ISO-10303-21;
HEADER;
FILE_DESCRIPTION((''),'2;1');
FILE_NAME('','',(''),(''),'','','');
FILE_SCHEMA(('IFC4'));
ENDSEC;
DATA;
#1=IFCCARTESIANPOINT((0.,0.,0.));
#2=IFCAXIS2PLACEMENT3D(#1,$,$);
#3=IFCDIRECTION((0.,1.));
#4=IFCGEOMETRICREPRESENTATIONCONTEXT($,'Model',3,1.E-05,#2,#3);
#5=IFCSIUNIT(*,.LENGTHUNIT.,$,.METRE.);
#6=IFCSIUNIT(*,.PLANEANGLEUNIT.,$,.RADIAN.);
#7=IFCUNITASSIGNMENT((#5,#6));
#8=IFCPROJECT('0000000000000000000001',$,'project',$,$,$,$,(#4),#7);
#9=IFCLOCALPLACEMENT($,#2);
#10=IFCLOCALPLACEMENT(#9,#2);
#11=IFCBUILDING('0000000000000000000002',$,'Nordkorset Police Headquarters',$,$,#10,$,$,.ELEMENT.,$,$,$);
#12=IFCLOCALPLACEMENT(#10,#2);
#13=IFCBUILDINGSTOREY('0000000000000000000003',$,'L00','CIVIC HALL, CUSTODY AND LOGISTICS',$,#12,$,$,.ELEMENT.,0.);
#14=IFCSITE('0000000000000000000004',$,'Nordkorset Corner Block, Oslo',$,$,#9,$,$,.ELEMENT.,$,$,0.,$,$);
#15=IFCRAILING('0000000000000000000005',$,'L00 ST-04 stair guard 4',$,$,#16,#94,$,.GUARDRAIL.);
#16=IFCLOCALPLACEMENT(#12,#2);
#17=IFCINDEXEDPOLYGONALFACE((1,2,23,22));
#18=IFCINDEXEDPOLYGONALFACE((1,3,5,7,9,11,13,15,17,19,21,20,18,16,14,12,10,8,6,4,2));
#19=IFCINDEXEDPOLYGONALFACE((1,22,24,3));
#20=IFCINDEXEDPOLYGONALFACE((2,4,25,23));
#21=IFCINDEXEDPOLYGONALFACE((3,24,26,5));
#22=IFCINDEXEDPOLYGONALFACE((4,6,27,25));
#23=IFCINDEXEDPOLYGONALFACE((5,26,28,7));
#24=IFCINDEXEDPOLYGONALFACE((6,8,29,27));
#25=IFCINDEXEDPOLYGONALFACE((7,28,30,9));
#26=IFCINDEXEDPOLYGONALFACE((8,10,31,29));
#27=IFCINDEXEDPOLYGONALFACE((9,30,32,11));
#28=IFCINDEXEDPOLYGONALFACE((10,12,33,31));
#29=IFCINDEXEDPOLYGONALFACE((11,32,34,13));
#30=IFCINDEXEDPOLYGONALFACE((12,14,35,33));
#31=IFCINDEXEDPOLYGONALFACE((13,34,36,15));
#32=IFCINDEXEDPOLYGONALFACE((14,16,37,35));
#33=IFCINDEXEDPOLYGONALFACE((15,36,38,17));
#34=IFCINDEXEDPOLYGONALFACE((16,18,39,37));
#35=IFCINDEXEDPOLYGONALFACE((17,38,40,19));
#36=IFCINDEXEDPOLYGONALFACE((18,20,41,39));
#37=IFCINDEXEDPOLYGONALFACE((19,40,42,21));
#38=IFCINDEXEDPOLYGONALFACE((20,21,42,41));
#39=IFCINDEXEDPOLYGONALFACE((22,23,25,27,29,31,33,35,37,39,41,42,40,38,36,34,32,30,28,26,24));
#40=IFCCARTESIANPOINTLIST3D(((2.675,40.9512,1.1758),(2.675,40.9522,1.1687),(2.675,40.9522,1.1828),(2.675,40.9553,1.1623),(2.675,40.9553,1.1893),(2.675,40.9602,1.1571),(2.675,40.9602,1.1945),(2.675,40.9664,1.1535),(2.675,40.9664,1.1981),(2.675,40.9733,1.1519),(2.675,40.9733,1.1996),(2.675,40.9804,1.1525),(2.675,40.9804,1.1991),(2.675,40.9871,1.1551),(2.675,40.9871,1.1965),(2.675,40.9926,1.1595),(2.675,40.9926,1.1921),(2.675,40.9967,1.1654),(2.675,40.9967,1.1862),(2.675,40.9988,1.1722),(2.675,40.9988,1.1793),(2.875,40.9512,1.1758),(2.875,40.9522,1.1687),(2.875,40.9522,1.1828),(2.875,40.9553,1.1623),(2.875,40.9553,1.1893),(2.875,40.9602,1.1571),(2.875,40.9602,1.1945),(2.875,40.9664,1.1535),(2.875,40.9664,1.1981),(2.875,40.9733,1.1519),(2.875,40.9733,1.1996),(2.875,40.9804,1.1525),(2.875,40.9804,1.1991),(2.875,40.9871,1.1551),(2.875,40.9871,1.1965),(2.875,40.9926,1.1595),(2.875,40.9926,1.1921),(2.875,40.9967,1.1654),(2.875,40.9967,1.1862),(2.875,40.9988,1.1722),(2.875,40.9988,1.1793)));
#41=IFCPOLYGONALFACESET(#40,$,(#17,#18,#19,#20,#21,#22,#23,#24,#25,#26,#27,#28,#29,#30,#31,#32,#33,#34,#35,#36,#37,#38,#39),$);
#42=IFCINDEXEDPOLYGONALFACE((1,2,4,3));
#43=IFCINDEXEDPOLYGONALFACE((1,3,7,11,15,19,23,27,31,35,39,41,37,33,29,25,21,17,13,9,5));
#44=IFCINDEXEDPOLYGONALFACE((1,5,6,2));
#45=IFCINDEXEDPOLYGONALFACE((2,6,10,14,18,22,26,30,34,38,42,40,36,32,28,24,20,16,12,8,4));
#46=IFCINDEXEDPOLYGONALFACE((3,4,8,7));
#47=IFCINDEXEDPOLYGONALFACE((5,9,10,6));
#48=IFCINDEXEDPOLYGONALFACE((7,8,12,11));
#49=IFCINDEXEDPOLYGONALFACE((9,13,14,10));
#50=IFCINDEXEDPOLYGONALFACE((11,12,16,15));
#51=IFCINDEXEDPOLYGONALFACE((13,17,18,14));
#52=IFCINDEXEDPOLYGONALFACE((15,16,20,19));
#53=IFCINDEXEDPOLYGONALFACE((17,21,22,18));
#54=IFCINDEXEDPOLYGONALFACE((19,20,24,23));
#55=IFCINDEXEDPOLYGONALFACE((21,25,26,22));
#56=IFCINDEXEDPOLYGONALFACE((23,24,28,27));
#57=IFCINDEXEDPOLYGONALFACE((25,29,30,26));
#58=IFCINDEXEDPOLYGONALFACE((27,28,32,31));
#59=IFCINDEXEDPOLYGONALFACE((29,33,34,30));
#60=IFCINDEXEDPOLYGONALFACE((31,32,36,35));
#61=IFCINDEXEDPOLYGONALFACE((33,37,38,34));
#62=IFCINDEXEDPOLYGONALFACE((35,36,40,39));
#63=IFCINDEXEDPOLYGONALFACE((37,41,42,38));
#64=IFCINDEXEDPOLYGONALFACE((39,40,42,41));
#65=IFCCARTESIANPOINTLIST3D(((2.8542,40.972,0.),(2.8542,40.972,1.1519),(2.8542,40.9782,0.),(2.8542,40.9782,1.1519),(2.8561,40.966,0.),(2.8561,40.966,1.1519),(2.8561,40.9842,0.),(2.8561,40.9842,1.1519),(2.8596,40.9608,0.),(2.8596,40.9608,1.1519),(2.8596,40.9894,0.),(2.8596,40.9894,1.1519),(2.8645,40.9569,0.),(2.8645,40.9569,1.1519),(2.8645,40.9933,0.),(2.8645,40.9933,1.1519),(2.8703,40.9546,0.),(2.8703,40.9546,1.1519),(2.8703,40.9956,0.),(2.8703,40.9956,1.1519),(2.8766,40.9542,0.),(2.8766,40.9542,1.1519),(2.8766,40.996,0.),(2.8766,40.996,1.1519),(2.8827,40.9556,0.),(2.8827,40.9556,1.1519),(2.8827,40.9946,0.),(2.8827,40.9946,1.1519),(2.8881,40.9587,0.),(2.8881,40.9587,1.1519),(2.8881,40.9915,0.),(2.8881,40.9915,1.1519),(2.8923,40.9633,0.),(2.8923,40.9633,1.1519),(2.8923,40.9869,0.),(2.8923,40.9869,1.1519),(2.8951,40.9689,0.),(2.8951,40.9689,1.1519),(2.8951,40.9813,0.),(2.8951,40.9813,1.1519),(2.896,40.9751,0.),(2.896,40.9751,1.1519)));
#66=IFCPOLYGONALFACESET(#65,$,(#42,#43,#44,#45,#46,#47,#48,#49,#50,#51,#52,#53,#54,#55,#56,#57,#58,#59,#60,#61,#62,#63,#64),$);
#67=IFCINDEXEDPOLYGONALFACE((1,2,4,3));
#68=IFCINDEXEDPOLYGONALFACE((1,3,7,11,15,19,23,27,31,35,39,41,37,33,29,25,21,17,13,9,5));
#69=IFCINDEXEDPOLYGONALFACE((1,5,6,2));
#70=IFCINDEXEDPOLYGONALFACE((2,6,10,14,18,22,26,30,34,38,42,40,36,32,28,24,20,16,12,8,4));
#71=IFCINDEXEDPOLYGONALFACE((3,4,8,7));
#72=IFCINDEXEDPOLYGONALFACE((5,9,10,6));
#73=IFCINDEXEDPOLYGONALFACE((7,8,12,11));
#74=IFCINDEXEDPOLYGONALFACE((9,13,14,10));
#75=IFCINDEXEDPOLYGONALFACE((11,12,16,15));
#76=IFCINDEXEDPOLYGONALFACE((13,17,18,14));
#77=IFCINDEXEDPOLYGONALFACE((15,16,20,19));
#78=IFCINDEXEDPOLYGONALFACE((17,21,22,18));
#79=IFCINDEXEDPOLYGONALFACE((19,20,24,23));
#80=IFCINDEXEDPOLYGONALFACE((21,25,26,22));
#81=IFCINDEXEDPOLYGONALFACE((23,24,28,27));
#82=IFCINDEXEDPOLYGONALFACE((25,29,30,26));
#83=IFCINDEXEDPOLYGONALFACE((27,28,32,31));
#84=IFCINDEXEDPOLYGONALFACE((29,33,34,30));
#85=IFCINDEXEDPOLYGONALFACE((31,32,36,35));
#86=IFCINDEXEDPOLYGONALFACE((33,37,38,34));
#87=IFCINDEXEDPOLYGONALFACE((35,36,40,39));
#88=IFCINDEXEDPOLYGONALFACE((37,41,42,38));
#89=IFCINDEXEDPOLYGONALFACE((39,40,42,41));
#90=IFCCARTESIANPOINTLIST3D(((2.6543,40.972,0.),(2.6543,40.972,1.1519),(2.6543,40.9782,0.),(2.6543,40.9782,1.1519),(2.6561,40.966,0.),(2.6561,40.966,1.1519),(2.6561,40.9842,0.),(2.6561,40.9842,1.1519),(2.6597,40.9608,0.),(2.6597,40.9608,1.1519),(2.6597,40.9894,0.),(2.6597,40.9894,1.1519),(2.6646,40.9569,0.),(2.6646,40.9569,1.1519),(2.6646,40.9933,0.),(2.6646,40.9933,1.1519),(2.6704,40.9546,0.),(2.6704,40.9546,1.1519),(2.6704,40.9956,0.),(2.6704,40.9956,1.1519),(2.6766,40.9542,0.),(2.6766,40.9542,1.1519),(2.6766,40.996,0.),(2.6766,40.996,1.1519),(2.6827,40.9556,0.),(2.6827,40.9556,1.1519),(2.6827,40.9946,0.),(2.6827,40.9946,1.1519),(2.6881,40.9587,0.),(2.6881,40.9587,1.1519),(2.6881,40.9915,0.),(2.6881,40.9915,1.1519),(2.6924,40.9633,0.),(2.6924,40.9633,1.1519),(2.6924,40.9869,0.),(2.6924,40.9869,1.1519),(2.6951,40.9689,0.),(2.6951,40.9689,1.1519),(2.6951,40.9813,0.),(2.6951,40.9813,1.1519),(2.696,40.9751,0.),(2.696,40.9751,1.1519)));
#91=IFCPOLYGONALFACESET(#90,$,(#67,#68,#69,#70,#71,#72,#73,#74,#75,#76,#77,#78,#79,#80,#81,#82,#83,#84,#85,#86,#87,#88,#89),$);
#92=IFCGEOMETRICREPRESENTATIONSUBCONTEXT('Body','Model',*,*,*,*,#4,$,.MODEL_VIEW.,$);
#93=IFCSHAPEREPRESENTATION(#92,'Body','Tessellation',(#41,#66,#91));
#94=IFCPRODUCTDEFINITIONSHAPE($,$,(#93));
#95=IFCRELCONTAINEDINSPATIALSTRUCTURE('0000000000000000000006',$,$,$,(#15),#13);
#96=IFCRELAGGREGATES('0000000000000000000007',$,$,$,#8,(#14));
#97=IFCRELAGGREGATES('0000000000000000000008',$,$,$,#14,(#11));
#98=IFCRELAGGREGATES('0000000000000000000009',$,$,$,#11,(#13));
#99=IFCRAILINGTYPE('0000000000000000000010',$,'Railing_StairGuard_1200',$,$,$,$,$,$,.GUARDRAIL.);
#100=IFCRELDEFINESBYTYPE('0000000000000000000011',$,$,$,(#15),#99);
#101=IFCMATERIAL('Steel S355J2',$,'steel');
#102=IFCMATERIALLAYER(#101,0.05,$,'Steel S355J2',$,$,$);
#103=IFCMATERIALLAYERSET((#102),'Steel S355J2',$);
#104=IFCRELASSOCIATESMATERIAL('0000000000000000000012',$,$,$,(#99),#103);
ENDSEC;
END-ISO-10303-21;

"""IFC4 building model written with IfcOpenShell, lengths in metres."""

from ifc_helpers import new_model, si_unit, direction, frame, origin, origin_2d, place, context, subcontext, project, spatial, circle, extrude, material, layer, layer_set, type_object, element, save


model = new_model("IFC4")

# Units and contexts
model_context = context("Model", 3, precision=1e-05, world=origin(), true_north=direction((0.0, 1.0)))
body_context = subcontext(model_context, "Body", "Model", "MODEL_VIEW")
ifc_project = project(units=[si_unit("LENGTHUNIT", "METRE"), si_unit("PLANEANGLEUNIT", "RADIAN")], contexts=[model_context])

# Site, building, storey
site_placement = place(None, origin())
site = spatial("IfcSite", under=ifc_project, at=site_placement, Name="Nordkorset Corner Block, Oslo", CompositionType="ELEMENT", RefElevation=0.0)
building_placement = place(site_placement, origin())
building = spatial("IfcBuilding", under=site, at=building_placement, Name="Nordkorset Police Headquarters", CompositionType="ELEMENT")
storey_placement = place(building_placement, origin())
storey = spatial("IfcBuildingStorey", under=building, at=storey_placement, Name="L00", Description="CIVIC HALL, CUSTODY AND LOGISTICS", CompositionType="ELEMENT", Elevation=0.0)

# Railing
ifc_material_1 = material(Name="Steel S355J2", Category="steel")
ifc_layer_1 = layer(ifc_material_1, 0.05, Name="Steel S355J2")
ifc_layer_set_1 = layer_set([ifc_layer_1], Name="Steel S355J2")
railing_type_1 = type_object("IfcRailingType", Name="Railing_StairGuard_1200", PredefinedType="GUARDRAIL", material=ifc_layer_set_1)
railing_1_placement = place(storey_placement, frame((2.875, 40.9751, 0.0)))
element("IfcRailing", 1, at=railing_1_placement, inside=storey, type_object=railing_type_1, Name="L00 ST-04 stair guard 4", PredefinedType="GUARDRAIL", context=body_context, shape_type="SweptSolid", body=[
    extrude(circle(Radius=0.0239, at=origin_2d()), frame((0.0, 0.0, 1.1758), z_axis=(-1.0, 0.0, 0.0), x_axis=(0.0, -1.0, 0.0)), (0.0, 0.0, 1.0), 0.2),
    extrude(circle(Radius=0.021, at=origin_2d()), origin(), (0.0, 0.0, 1.0), 1.1519),
    extrude(circle(Radius=0.021, at=origin_2d()), frame((-0.2, 0.0, 0.0)), (0.0, 0.0, 1.0), 1.1519),
])

save(model, "model.ifc")
